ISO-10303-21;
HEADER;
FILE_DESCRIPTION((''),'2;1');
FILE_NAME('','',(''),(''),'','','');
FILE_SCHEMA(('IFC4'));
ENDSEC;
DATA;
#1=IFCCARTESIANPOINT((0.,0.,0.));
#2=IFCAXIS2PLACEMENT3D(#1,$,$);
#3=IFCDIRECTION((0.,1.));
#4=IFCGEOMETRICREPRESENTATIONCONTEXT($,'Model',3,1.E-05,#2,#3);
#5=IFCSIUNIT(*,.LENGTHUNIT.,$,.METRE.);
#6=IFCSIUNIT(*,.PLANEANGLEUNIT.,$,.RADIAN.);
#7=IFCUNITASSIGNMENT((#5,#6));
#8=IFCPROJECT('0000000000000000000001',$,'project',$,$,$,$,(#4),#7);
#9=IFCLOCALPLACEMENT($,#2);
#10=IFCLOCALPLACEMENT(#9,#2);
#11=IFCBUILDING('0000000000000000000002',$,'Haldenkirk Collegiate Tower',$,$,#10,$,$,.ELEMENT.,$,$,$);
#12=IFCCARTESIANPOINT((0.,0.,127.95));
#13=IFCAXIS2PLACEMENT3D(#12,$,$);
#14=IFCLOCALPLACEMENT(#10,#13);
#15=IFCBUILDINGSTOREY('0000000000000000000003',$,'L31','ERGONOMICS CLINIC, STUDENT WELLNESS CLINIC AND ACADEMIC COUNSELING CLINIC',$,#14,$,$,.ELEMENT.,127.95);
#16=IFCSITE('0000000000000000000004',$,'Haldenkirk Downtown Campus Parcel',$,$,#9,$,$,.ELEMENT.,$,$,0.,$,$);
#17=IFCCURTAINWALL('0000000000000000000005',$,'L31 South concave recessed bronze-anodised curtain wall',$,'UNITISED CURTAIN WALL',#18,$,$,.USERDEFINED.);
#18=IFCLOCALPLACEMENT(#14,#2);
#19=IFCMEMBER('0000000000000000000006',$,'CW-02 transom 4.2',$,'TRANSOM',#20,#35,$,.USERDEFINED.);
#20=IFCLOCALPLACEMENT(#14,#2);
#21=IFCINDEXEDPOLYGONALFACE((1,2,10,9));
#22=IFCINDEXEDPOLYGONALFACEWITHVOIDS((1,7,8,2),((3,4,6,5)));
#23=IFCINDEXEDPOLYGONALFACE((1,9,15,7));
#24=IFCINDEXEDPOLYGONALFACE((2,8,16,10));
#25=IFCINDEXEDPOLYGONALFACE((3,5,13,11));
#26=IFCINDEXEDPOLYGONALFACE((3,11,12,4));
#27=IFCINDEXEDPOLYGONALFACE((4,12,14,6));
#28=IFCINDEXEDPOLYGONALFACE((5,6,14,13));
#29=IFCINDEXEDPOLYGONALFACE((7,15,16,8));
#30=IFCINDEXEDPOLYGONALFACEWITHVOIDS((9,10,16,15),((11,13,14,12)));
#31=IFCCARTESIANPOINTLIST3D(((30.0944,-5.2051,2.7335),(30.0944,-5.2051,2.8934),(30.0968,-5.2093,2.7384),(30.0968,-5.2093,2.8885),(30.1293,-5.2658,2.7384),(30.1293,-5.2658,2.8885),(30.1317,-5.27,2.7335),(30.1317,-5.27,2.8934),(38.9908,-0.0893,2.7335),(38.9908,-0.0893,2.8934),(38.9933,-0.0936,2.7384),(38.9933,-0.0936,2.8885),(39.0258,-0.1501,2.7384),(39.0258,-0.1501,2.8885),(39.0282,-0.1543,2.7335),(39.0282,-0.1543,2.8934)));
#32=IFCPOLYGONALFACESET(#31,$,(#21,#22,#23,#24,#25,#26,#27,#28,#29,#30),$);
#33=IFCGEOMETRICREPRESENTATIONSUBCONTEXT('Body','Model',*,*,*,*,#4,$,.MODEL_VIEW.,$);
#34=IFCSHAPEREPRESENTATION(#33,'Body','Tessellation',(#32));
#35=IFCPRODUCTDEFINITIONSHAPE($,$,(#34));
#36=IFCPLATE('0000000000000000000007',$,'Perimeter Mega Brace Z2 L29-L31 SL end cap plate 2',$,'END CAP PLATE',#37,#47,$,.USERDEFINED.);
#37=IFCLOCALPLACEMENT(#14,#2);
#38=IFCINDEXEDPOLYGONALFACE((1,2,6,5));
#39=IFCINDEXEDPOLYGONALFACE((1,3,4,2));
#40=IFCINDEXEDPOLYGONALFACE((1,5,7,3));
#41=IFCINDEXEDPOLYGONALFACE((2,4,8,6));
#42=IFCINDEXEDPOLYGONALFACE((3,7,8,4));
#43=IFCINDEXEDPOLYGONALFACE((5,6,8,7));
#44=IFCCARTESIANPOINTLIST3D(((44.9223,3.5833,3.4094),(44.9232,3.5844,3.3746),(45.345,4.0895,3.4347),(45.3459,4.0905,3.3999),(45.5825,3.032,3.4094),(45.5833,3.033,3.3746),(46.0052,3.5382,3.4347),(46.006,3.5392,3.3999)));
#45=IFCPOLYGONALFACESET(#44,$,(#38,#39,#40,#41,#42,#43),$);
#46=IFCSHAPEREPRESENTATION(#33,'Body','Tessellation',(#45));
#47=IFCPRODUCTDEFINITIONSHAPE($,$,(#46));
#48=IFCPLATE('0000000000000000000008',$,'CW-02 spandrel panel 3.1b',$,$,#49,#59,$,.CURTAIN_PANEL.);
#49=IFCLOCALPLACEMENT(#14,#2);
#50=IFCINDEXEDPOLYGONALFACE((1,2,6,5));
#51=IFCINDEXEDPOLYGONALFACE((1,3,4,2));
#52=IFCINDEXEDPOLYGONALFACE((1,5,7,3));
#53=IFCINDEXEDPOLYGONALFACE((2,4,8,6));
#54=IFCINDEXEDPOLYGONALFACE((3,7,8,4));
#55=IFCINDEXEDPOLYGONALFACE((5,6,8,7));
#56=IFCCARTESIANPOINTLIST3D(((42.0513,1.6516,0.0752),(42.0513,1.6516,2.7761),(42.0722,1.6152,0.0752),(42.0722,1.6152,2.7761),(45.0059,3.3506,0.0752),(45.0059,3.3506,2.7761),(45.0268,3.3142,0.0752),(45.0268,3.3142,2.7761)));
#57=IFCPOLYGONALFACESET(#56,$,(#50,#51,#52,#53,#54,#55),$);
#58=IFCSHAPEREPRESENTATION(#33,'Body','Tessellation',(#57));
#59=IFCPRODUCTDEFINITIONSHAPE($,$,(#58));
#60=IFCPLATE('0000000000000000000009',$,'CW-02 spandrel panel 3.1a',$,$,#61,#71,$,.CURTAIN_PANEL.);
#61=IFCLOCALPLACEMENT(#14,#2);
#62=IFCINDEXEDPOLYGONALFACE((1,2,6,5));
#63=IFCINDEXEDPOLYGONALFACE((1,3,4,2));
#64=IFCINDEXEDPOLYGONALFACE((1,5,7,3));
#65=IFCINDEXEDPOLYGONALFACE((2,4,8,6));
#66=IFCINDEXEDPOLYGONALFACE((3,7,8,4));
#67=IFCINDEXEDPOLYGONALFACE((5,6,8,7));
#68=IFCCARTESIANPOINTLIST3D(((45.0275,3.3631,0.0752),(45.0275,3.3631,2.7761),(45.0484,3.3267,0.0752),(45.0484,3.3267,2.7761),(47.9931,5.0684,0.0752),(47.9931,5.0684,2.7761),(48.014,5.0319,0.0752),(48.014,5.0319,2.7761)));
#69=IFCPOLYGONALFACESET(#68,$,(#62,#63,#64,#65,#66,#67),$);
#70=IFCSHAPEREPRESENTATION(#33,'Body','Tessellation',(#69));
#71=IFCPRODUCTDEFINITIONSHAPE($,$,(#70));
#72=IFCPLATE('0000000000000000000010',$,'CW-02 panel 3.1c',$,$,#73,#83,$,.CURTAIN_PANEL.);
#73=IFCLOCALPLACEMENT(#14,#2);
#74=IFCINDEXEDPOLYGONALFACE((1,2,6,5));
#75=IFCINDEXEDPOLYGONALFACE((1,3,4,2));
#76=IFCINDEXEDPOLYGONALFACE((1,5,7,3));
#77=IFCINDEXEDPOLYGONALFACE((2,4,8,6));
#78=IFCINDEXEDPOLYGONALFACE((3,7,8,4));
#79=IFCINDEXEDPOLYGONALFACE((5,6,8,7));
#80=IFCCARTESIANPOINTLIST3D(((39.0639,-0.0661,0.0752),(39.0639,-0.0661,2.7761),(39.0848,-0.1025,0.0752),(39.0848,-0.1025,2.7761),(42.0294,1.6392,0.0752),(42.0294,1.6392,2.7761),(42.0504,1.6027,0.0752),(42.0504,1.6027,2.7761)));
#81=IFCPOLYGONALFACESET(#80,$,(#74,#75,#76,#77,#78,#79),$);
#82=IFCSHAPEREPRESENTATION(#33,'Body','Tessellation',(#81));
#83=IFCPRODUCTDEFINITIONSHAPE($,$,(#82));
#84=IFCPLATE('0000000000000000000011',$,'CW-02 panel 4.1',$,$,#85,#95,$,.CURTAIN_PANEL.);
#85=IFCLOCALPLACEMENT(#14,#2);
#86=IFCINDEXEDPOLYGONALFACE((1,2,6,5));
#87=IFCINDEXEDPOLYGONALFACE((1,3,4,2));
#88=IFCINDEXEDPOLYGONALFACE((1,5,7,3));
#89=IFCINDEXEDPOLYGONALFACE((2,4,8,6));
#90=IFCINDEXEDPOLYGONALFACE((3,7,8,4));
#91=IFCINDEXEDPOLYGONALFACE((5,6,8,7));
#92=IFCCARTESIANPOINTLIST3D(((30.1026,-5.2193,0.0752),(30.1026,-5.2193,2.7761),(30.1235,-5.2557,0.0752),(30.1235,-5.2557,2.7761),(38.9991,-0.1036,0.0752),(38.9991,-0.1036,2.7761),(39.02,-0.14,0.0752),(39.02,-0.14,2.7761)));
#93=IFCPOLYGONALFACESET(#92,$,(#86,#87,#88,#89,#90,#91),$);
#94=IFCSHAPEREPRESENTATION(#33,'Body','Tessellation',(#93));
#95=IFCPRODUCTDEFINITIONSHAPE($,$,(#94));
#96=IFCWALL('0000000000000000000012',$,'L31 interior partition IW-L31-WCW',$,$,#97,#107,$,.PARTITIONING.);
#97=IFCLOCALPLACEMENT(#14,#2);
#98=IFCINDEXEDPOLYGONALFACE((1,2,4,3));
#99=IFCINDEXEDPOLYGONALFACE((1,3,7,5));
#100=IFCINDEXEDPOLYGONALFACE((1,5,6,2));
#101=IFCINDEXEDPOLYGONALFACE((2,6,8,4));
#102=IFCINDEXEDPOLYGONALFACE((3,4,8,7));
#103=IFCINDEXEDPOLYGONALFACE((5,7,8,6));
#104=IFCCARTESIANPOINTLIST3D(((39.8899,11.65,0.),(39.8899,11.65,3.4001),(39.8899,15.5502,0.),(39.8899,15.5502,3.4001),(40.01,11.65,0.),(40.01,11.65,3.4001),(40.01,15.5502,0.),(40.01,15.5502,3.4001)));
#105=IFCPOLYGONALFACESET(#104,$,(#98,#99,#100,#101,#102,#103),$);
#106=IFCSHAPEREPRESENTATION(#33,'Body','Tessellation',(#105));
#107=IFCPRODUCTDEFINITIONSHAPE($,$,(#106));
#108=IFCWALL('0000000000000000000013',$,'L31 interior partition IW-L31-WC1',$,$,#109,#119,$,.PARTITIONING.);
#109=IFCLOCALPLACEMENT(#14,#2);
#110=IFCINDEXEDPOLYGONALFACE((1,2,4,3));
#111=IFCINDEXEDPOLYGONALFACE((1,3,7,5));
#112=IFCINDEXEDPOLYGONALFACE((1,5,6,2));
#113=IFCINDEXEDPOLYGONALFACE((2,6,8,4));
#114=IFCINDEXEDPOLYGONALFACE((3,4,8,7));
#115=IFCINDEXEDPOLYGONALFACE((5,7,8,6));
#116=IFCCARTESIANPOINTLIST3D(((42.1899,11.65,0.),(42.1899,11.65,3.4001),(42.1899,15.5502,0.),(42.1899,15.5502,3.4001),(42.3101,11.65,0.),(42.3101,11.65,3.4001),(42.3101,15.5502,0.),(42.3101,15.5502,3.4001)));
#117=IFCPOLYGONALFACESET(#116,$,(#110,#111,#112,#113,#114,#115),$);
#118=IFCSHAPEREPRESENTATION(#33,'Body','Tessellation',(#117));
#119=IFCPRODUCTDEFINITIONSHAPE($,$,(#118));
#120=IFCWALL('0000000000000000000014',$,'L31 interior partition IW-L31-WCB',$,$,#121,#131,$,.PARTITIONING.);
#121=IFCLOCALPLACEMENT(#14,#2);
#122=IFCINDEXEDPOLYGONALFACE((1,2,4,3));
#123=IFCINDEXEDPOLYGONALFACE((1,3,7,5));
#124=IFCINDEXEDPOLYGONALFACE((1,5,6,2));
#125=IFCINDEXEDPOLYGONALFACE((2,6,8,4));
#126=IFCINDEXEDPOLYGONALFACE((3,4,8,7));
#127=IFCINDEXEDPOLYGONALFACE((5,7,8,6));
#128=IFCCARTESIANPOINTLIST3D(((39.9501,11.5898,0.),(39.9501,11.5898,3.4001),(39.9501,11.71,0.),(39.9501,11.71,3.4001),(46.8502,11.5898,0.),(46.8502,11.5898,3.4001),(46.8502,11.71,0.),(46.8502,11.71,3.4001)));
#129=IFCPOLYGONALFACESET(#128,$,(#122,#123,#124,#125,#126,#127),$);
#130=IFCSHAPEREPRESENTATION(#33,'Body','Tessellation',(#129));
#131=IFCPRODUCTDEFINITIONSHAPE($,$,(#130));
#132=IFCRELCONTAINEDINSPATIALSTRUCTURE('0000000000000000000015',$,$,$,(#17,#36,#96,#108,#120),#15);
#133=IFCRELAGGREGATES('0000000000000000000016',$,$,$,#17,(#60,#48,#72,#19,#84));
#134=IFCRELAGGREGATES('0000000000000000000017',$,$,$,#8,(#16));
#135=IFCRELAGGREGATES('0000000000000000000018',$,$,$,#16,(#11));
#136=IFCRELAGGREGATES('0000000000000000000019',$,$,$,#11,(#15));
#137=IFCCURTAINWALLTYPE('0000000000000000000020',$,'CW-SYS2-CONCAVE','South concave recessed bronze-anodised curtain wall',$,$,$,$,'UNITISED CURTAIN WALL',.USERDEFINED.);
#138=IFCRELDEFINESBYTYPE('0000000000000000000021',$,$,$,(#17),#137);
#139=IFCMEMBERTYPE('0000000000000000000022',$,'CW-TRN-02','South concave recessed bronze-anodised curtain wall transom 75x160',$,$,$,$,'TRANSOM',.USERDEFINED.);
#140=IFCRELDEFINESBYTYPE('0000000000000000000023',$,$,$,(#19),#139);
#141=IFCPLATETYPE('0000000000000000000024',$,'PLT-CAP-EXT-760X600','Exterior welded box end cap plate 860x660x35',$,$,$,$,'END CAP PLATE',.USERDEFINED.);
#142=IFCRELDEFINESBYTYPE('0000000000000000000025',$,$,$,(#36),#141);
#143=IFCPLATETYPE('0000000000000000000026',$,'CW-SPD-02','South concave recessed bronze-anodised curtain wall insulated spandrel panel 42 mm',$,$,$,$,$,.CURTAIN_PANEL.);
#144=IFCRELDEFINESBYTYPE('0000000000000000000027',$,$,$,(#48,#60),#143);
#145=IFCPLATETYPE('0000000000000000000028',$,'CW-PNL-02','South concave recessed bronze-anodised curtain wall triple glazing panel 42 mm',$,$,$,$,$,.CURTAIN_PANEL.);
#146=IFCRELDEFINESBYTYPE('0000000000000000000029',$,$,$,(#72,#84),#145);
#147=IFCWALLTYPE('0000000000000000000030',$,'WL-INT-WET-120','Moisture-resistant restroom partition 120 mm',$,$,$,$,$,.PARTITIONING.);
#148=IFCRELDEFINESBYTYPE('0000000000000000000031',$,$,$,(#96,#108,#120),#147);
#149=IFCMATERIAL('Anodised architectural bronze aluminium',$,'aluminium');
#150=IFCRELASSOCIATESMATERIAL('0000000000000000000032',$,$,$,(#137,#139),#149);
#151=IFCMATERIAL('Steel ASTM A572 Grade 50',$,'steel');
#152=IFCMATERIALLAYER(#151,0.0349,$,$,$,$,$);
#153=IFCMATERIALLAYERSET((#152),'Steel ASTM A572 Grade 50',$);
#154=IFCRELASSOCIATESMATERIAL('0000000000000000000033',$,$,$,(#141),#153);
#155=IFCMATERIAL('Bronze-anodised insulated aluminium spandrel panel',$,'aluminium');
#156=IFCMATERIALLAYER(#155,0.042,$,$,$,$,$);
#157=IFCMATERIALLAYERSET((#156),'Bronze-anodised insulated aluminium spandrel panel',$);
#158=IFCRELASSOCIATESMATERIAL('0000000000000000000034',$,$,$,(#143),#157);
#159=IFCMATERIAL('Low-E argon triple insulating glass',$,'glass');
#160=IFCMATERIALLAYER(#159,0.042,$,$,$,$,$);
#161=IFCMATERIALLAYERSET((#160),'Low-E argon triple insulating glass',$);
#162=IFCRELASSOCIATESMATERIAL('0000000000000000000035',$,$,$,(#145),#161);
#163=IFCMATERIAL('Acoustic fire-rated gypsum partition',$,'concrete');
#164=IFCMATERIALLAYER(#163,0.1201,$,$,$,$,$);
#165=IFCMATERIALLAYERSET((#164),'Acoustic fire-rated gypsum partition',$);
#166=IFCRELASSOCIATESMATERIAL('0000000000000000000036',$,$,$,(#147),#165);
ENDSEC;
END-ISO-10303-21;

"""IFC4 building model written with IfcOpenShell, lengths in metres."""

from ifc_helpers import new_model, si_unit, direction, frame, frame_2d, origin, origin_2d, place, context, subcontext, project, spatial, rectangle, hollow_rectangle, extrude, source, transform, mapped, material, layer, layer_set, material_profile, profile_set, type_object, element, aggregate, save


model = new_model("IFC4")

# Units and contexts
model_context = context("Model", 3, precision=1e-05, world=origin(), true_north=direction((0.0, 1.0)))
body_context = subcontext(model_context, "Body", "Model", "MODEL_VIEW")
ifc_project = project(units=[si_unit("LENGTHUNIT", "METRE"), si_unit("PLANEANGLEUNIT", "RADIAN")], contexts=[model_context])

# Site, building, storey
site_placement = place(None, origin())
site = spatial("IfcSite", under=ifc_project, at=site_placement, Name="Haldenkirk Downtown Campus Parcel", CompositionType="ELEMENT", RefElevation=0.0)
building_placement = place(site_placement, origin())
building = spatial("IfcBuilding", under=site, at=building_placement, Name="Haldenkirk Collegiate Tower", CompositionType="ELEMENT")
storey_placement = place(building_placement, frame((0.0, 0.0, 127.95)))
storey = spatial("IfcBuildingStorey", under=building, at=storey_placement, Name="L31", Description="ERGONOMICS CLINIC, STUDENT WELLNESS CLINIC AND ACADEMIC COUNSELING CLINIC", CompositionType="ELEMENT", Elevation=127.95)

# Curtain wall, member
ifc_material_1 = material(Name="Anodised architectural bronze aluminium", Category="aluminium")
curtain_wall_type = type_object("IfcCurtainWallType", Name="CW-SYS2-CONCAVE", Description="South concave recessed bronze-anodised curtain wall", ElementType="UNITISED CURTAIN WALL", PredefinedType="USERDEFINED", material=ifc_material_1)
curtain_wall_placement = place(storey_placement, origin())
curtain_wall = element("IfcCurtainWall", 1, at=curtain_wall_placement, inside=storey, type_object=curtain_wall_type, Name="L31 South concave recessed bronze-anodised curtain wall", ObjectType="UNITISED CURTAIN WALL", PredefinedType="USERDEFINED")
ifc_material_profile_1 = material_profile(ifc_material_1, hollow_rectangle(XDim=0.075, YDim=0.1599, WallThickness=0.0049, at=origin_2d()), Name="CW-TRN-02")
ifc_profile_set_1 = profile_set([ifc_material_profile_1], Name="Anodised architectural bronze aluminium")
member_type_1 = type_object("IfcMemberType", Name="CW-TRN-02", Description="South concave recessed bronze-anodised curtain wall transom 75x160", ElementType="TRANSOM", PredefinedType="USERDEFINED", material=ifc_profile_set_1)
member_1_placement = place(storey_placement, frame((39.0095, -0.1218, 2.8135), z_axis=(-0.866896, -0.498489, 0.0), x_axis=(0.498489, -0.866896, 0.0)))
member_1 = element("IfcMember", 2, at=member_1_placement, type_object=member_type_1, Name="CW-02 transom 4.2", ObjectType="TRANSOM", PredefinedType="USERDEFINED", context=body_context, shape_type="SweptSolid", body=[
    extrude(hollow_rectangle(XDim=0.075, YDim=0.1599, WallThickness=0.0049, at=origin_2d()), origin(), (0.0, 0.0, 1.0), 10.2625),
])

# Plates
ifc_material_2 = material(Name="Steel ASTM A572 Grade 50", Category="steel")
ifc_layer_1 = layer(ifc_material_2, 0.0349)
ifc_layer_set_1 = layer_set([ifc_layer_1], Name="Steel ASTM A572 Grade 50")
plate_type_1 = type_object("IfcPlateType", Name="PLT-CAP-EXT-760X600", Description="Exterior welded box end cap plate 860x660x35", ElementType="END CAP PLATE", PredefinedType="USERDEFINED", material=ifc_layer_set_1)
shared_shape_1 = source(origin(), body_context, "Body", "SweptSolid", [
    extrude(rectangle(XDim=0.8601, YDim=0.6599, at=origin_2d()), origin(), (0.0, 0.0, 1.0), 0.0349),
])
plate_1_placement = place(storey_placement, frame((45.4646, 3.5618, 3.3872), z_axis=(-0.02458, -0.029434, 0.999264), x_axis=(0.767553, -0.640985, 0.0)))
element("IfcPlate", 3, at=plate_1_placement, inside=storey, type_object=plate_type_1, Name="Perimeter Mega Brace Z2 L29-L31 SL end cap plate 2", ObjectType="END CAP PLATE", PredefinedType="USERDEFINED", context=body_context, shape_type="MappedRepresentation", body=[
    mapped(shared_shape_1, transform((0.0, 0.0, 0.0), x_axis=(1.0, 0.0, 0.0), y_axis=(0.0, 1.0, 0.0), z_axis=(0.0, 0.0, 1.0), scale=1.0)),
])
ifc_material_3 = material(Name="Bronze-anodised insulated aluminium spandrel panel", Category="aluminium")
ifc_layer_2 = layer(ifc_material_3, 0.042)
ifc_layer_set_2 = layer_set([ifc_layer_2], Name="Bronze-anodised insulated aluminium spandrel panel")
plate_type_2 = type_object("IfcPlateType", Name="CW-SPD-02", Description="South concave recessed bronze-anodised curtain wall insulated spandrel panel 42 mm", PredefinedType="CURTAIN_PANEL", material=ifc_layer_set_2)
shared_shape_2 = source(origin(), body_context, "Body", "SweptSolid", [
    extrude(rectangle(XDim=3.4082, YDim=0.042, at=origin_2d()), origin(), (0.0, 0.0, 1.0), 2.7009),
])
plate_2_placement = place(storey_placement, frame((43.5391, 2.4829, 0.0752), z_axis=(0.0, 0.0, 1.0), x_axis=(-0.866896, -0.498489, 0.0)))
plate_2 = element("IfcPlate", 4, at=plate_2_placement, type_object=plate_type_2, Name="CW-02 spandrel panel 3.1b", PredefinedType="CURTAIN_PANEL", context=body_context, shape_type="MappedRepresentation", body=[
    mapped(shared_shape_2, transform((0.0, 0.0, 0.0), x_axis=(1.0, 0.0, 0.0), y_axis=(0.0, 1.0, 0.0), z_axis=(0.0, 0.0, 1.0), scale=1.0)),
])
shared_shape_3 = source(origin(), body_context, "Body", "SweptSolid", [
    extrude(rectangle(XDim=3.4209, YDim=0.042, at=origin_2d()), origin(), (0.0, 0.0, 1.0), 2.7009),
])
plate_3_placement = place(storey_placement, frame((46.5208, 4.1975, 0.0752), z_axis=(0.0, 0.0, 1.0), x_axis=(-0.866896, -0.498489, 0.0)))
plate_3 = element("IfcPlate", 5, at=plate_3_placement, type_object=plate_type_2, Name="CW-02 spandrel panel 3.1a", PredefinedType="CURTAIN_PANEL", context=body_context, shape_type="MappedRepresentation", body=[
    mapped(shared_shape_3, transform((0.0, 0.0, 0.0), x_axis=(1.0, 0.0, 0.0), y_axis=(0.0, 1.0, 0.0), z_axis=(0.0, 0.0, 1.0), scale=1.0)),
])
ifc_material_4 = material(Name="Low-E argon triple insulating glass", Category="glass")
ifc_layer_3 = layer(ifc_material_4, 0.042)
ifc_layer_set_3 = layer_set([ifc_layer_3], Name="Low-E argon triple insulating glass")
plate_type_3 = type_object("IfcPlateType", Name="CW-PNL-02", Description="South concave recessed bronze-anodised curtain wall triple glazing panel 42 mm", PredefinedType="CURTAIN_PANEL", material=ifc_layer_set_3)
plate_4_placement = place(storey_placement, frame((40.5571, 0.7683, 0.0752), z_axis=(0.0, 0.0, 1.0), x_axis=(-0.866896, -0.498489, 0.0)))
plate_4 = element("IfcPlate", 6, at=plate_4_placement, type_object=plate_type_3, Name="CW-02 panel 3.1c", PredefinedType="CURTAIN_PANEL", context=body_context, shape_type="MappedRepresentation", body=[
    mapped(shared_shape_3, transform((0.0, 0.0, 0.0), x_axis=(1.0, 0.0, 0.0), y_axis=(0.0, 1.0, 0.0), z_axis=(0.0, 0.0, 1.0), scale=1.0)),
])
shared_shape_4 = source(origin(), body_context, "Body", "SweptSolid", [
    extrude(rectangle(XDim=10.2625, YDim=0.042, at=origin_2d()), origin(), (0.0, 0.0, 1.0), 2.7009),
])
plate_5_placement = place(storey_placement, frame((34.5613, -2.6797, 0.0752), z_axis=(0.0, 0.0, 1.0), x_axis=(-0.866896, -0.498489, 0.0)))
plate_5 = element("IfcPlate", 7, at=plate_5_placement, type_object=plate_type_3, Name="CW-02 panel 4.1", PredefinedType="CURTAIN_PANEL", context=body_context, shape_type="MappedRepresentation", body=[
    mapped(shared_shape_4, transform((0.0, 0.0, 0.0), x_axis=(1.0, 0.0, 0.0), y_axis=(0.0, 1.0, 0.0), z_axis=(0.0, 0.0, 1.0), scale=1.0)),
])
aggregate(curtain_wall, [plate_3, plate_2, plate_4, member_1, plate_5])

# Walls
ifc_material_5 = material(Name="Acoustic fire-rated gypsum partition", Category="concrete")
ifc_layer_4 = layer(ifc_material_5, 0.1201)
ifc_layer_set_4 = layer_set([ifc_layer_4], Name="Acoustic fire-rated gypsum partition")
wall_type = type_object("IfcWallType", Name="WL-INT-WET-120", Description="Moisture-resistant restroom partition 120 mm", PredefinedType="PARTITIONING", material=ifc_layer_set_4)
for number, where, z_axis, x_axis, name in (
    (8, (39.95, 11.6499, 0.0), (0.0, 0.0, 1.0), (0.0, 1.0, 0.0), "L31 interior partition IW-L31-WCW"),
    (9, (42.25, 11.6499, 0.0), (0.0, 0.0, 1.0), (0.0, 1.0, 0.0), "L31 interior partition IW-L31-WC1"),
):
    element("IfcWall", number, at=place(storey_placement, frame(where, z_axis=z_axis, x_axis=x_axis)), inside=storey, type_object=wall_type, Name=name, PredefinedType="PARTITIONING", context=body_context, shape_type="SweptSolid", body=[
        extrude(rectangle(XDim=3.9001, YDim=0.1201, at=frame_2d((1.9502, 0.0))), origin(), (0.0, 0.0, 1.0), 3.4001),
    ])
wall_placement = place(storey_placement, frame((39.95, 11.6499, 0.0), z_axis=(0.0, 0.0, 1.0), x_axis=(1.0, 0.0, 0.0)))
element("IfcWall", 10, at=wall_placement, inside=storey, type_object=wall_type, Name="L31 interior partition IW-L31-WCB", PredefinedType="PARTITIONING", context=body_context, shape_type="SweptSolid", body=[
    extrude(rectangle(XDim=6.9001, YDim=0.1201, at=frame_2d((3.4502, 0.0))), origin(), (0.0, 0.0, 1.0), 3.4001),
])

save(model, "model.ifc")
